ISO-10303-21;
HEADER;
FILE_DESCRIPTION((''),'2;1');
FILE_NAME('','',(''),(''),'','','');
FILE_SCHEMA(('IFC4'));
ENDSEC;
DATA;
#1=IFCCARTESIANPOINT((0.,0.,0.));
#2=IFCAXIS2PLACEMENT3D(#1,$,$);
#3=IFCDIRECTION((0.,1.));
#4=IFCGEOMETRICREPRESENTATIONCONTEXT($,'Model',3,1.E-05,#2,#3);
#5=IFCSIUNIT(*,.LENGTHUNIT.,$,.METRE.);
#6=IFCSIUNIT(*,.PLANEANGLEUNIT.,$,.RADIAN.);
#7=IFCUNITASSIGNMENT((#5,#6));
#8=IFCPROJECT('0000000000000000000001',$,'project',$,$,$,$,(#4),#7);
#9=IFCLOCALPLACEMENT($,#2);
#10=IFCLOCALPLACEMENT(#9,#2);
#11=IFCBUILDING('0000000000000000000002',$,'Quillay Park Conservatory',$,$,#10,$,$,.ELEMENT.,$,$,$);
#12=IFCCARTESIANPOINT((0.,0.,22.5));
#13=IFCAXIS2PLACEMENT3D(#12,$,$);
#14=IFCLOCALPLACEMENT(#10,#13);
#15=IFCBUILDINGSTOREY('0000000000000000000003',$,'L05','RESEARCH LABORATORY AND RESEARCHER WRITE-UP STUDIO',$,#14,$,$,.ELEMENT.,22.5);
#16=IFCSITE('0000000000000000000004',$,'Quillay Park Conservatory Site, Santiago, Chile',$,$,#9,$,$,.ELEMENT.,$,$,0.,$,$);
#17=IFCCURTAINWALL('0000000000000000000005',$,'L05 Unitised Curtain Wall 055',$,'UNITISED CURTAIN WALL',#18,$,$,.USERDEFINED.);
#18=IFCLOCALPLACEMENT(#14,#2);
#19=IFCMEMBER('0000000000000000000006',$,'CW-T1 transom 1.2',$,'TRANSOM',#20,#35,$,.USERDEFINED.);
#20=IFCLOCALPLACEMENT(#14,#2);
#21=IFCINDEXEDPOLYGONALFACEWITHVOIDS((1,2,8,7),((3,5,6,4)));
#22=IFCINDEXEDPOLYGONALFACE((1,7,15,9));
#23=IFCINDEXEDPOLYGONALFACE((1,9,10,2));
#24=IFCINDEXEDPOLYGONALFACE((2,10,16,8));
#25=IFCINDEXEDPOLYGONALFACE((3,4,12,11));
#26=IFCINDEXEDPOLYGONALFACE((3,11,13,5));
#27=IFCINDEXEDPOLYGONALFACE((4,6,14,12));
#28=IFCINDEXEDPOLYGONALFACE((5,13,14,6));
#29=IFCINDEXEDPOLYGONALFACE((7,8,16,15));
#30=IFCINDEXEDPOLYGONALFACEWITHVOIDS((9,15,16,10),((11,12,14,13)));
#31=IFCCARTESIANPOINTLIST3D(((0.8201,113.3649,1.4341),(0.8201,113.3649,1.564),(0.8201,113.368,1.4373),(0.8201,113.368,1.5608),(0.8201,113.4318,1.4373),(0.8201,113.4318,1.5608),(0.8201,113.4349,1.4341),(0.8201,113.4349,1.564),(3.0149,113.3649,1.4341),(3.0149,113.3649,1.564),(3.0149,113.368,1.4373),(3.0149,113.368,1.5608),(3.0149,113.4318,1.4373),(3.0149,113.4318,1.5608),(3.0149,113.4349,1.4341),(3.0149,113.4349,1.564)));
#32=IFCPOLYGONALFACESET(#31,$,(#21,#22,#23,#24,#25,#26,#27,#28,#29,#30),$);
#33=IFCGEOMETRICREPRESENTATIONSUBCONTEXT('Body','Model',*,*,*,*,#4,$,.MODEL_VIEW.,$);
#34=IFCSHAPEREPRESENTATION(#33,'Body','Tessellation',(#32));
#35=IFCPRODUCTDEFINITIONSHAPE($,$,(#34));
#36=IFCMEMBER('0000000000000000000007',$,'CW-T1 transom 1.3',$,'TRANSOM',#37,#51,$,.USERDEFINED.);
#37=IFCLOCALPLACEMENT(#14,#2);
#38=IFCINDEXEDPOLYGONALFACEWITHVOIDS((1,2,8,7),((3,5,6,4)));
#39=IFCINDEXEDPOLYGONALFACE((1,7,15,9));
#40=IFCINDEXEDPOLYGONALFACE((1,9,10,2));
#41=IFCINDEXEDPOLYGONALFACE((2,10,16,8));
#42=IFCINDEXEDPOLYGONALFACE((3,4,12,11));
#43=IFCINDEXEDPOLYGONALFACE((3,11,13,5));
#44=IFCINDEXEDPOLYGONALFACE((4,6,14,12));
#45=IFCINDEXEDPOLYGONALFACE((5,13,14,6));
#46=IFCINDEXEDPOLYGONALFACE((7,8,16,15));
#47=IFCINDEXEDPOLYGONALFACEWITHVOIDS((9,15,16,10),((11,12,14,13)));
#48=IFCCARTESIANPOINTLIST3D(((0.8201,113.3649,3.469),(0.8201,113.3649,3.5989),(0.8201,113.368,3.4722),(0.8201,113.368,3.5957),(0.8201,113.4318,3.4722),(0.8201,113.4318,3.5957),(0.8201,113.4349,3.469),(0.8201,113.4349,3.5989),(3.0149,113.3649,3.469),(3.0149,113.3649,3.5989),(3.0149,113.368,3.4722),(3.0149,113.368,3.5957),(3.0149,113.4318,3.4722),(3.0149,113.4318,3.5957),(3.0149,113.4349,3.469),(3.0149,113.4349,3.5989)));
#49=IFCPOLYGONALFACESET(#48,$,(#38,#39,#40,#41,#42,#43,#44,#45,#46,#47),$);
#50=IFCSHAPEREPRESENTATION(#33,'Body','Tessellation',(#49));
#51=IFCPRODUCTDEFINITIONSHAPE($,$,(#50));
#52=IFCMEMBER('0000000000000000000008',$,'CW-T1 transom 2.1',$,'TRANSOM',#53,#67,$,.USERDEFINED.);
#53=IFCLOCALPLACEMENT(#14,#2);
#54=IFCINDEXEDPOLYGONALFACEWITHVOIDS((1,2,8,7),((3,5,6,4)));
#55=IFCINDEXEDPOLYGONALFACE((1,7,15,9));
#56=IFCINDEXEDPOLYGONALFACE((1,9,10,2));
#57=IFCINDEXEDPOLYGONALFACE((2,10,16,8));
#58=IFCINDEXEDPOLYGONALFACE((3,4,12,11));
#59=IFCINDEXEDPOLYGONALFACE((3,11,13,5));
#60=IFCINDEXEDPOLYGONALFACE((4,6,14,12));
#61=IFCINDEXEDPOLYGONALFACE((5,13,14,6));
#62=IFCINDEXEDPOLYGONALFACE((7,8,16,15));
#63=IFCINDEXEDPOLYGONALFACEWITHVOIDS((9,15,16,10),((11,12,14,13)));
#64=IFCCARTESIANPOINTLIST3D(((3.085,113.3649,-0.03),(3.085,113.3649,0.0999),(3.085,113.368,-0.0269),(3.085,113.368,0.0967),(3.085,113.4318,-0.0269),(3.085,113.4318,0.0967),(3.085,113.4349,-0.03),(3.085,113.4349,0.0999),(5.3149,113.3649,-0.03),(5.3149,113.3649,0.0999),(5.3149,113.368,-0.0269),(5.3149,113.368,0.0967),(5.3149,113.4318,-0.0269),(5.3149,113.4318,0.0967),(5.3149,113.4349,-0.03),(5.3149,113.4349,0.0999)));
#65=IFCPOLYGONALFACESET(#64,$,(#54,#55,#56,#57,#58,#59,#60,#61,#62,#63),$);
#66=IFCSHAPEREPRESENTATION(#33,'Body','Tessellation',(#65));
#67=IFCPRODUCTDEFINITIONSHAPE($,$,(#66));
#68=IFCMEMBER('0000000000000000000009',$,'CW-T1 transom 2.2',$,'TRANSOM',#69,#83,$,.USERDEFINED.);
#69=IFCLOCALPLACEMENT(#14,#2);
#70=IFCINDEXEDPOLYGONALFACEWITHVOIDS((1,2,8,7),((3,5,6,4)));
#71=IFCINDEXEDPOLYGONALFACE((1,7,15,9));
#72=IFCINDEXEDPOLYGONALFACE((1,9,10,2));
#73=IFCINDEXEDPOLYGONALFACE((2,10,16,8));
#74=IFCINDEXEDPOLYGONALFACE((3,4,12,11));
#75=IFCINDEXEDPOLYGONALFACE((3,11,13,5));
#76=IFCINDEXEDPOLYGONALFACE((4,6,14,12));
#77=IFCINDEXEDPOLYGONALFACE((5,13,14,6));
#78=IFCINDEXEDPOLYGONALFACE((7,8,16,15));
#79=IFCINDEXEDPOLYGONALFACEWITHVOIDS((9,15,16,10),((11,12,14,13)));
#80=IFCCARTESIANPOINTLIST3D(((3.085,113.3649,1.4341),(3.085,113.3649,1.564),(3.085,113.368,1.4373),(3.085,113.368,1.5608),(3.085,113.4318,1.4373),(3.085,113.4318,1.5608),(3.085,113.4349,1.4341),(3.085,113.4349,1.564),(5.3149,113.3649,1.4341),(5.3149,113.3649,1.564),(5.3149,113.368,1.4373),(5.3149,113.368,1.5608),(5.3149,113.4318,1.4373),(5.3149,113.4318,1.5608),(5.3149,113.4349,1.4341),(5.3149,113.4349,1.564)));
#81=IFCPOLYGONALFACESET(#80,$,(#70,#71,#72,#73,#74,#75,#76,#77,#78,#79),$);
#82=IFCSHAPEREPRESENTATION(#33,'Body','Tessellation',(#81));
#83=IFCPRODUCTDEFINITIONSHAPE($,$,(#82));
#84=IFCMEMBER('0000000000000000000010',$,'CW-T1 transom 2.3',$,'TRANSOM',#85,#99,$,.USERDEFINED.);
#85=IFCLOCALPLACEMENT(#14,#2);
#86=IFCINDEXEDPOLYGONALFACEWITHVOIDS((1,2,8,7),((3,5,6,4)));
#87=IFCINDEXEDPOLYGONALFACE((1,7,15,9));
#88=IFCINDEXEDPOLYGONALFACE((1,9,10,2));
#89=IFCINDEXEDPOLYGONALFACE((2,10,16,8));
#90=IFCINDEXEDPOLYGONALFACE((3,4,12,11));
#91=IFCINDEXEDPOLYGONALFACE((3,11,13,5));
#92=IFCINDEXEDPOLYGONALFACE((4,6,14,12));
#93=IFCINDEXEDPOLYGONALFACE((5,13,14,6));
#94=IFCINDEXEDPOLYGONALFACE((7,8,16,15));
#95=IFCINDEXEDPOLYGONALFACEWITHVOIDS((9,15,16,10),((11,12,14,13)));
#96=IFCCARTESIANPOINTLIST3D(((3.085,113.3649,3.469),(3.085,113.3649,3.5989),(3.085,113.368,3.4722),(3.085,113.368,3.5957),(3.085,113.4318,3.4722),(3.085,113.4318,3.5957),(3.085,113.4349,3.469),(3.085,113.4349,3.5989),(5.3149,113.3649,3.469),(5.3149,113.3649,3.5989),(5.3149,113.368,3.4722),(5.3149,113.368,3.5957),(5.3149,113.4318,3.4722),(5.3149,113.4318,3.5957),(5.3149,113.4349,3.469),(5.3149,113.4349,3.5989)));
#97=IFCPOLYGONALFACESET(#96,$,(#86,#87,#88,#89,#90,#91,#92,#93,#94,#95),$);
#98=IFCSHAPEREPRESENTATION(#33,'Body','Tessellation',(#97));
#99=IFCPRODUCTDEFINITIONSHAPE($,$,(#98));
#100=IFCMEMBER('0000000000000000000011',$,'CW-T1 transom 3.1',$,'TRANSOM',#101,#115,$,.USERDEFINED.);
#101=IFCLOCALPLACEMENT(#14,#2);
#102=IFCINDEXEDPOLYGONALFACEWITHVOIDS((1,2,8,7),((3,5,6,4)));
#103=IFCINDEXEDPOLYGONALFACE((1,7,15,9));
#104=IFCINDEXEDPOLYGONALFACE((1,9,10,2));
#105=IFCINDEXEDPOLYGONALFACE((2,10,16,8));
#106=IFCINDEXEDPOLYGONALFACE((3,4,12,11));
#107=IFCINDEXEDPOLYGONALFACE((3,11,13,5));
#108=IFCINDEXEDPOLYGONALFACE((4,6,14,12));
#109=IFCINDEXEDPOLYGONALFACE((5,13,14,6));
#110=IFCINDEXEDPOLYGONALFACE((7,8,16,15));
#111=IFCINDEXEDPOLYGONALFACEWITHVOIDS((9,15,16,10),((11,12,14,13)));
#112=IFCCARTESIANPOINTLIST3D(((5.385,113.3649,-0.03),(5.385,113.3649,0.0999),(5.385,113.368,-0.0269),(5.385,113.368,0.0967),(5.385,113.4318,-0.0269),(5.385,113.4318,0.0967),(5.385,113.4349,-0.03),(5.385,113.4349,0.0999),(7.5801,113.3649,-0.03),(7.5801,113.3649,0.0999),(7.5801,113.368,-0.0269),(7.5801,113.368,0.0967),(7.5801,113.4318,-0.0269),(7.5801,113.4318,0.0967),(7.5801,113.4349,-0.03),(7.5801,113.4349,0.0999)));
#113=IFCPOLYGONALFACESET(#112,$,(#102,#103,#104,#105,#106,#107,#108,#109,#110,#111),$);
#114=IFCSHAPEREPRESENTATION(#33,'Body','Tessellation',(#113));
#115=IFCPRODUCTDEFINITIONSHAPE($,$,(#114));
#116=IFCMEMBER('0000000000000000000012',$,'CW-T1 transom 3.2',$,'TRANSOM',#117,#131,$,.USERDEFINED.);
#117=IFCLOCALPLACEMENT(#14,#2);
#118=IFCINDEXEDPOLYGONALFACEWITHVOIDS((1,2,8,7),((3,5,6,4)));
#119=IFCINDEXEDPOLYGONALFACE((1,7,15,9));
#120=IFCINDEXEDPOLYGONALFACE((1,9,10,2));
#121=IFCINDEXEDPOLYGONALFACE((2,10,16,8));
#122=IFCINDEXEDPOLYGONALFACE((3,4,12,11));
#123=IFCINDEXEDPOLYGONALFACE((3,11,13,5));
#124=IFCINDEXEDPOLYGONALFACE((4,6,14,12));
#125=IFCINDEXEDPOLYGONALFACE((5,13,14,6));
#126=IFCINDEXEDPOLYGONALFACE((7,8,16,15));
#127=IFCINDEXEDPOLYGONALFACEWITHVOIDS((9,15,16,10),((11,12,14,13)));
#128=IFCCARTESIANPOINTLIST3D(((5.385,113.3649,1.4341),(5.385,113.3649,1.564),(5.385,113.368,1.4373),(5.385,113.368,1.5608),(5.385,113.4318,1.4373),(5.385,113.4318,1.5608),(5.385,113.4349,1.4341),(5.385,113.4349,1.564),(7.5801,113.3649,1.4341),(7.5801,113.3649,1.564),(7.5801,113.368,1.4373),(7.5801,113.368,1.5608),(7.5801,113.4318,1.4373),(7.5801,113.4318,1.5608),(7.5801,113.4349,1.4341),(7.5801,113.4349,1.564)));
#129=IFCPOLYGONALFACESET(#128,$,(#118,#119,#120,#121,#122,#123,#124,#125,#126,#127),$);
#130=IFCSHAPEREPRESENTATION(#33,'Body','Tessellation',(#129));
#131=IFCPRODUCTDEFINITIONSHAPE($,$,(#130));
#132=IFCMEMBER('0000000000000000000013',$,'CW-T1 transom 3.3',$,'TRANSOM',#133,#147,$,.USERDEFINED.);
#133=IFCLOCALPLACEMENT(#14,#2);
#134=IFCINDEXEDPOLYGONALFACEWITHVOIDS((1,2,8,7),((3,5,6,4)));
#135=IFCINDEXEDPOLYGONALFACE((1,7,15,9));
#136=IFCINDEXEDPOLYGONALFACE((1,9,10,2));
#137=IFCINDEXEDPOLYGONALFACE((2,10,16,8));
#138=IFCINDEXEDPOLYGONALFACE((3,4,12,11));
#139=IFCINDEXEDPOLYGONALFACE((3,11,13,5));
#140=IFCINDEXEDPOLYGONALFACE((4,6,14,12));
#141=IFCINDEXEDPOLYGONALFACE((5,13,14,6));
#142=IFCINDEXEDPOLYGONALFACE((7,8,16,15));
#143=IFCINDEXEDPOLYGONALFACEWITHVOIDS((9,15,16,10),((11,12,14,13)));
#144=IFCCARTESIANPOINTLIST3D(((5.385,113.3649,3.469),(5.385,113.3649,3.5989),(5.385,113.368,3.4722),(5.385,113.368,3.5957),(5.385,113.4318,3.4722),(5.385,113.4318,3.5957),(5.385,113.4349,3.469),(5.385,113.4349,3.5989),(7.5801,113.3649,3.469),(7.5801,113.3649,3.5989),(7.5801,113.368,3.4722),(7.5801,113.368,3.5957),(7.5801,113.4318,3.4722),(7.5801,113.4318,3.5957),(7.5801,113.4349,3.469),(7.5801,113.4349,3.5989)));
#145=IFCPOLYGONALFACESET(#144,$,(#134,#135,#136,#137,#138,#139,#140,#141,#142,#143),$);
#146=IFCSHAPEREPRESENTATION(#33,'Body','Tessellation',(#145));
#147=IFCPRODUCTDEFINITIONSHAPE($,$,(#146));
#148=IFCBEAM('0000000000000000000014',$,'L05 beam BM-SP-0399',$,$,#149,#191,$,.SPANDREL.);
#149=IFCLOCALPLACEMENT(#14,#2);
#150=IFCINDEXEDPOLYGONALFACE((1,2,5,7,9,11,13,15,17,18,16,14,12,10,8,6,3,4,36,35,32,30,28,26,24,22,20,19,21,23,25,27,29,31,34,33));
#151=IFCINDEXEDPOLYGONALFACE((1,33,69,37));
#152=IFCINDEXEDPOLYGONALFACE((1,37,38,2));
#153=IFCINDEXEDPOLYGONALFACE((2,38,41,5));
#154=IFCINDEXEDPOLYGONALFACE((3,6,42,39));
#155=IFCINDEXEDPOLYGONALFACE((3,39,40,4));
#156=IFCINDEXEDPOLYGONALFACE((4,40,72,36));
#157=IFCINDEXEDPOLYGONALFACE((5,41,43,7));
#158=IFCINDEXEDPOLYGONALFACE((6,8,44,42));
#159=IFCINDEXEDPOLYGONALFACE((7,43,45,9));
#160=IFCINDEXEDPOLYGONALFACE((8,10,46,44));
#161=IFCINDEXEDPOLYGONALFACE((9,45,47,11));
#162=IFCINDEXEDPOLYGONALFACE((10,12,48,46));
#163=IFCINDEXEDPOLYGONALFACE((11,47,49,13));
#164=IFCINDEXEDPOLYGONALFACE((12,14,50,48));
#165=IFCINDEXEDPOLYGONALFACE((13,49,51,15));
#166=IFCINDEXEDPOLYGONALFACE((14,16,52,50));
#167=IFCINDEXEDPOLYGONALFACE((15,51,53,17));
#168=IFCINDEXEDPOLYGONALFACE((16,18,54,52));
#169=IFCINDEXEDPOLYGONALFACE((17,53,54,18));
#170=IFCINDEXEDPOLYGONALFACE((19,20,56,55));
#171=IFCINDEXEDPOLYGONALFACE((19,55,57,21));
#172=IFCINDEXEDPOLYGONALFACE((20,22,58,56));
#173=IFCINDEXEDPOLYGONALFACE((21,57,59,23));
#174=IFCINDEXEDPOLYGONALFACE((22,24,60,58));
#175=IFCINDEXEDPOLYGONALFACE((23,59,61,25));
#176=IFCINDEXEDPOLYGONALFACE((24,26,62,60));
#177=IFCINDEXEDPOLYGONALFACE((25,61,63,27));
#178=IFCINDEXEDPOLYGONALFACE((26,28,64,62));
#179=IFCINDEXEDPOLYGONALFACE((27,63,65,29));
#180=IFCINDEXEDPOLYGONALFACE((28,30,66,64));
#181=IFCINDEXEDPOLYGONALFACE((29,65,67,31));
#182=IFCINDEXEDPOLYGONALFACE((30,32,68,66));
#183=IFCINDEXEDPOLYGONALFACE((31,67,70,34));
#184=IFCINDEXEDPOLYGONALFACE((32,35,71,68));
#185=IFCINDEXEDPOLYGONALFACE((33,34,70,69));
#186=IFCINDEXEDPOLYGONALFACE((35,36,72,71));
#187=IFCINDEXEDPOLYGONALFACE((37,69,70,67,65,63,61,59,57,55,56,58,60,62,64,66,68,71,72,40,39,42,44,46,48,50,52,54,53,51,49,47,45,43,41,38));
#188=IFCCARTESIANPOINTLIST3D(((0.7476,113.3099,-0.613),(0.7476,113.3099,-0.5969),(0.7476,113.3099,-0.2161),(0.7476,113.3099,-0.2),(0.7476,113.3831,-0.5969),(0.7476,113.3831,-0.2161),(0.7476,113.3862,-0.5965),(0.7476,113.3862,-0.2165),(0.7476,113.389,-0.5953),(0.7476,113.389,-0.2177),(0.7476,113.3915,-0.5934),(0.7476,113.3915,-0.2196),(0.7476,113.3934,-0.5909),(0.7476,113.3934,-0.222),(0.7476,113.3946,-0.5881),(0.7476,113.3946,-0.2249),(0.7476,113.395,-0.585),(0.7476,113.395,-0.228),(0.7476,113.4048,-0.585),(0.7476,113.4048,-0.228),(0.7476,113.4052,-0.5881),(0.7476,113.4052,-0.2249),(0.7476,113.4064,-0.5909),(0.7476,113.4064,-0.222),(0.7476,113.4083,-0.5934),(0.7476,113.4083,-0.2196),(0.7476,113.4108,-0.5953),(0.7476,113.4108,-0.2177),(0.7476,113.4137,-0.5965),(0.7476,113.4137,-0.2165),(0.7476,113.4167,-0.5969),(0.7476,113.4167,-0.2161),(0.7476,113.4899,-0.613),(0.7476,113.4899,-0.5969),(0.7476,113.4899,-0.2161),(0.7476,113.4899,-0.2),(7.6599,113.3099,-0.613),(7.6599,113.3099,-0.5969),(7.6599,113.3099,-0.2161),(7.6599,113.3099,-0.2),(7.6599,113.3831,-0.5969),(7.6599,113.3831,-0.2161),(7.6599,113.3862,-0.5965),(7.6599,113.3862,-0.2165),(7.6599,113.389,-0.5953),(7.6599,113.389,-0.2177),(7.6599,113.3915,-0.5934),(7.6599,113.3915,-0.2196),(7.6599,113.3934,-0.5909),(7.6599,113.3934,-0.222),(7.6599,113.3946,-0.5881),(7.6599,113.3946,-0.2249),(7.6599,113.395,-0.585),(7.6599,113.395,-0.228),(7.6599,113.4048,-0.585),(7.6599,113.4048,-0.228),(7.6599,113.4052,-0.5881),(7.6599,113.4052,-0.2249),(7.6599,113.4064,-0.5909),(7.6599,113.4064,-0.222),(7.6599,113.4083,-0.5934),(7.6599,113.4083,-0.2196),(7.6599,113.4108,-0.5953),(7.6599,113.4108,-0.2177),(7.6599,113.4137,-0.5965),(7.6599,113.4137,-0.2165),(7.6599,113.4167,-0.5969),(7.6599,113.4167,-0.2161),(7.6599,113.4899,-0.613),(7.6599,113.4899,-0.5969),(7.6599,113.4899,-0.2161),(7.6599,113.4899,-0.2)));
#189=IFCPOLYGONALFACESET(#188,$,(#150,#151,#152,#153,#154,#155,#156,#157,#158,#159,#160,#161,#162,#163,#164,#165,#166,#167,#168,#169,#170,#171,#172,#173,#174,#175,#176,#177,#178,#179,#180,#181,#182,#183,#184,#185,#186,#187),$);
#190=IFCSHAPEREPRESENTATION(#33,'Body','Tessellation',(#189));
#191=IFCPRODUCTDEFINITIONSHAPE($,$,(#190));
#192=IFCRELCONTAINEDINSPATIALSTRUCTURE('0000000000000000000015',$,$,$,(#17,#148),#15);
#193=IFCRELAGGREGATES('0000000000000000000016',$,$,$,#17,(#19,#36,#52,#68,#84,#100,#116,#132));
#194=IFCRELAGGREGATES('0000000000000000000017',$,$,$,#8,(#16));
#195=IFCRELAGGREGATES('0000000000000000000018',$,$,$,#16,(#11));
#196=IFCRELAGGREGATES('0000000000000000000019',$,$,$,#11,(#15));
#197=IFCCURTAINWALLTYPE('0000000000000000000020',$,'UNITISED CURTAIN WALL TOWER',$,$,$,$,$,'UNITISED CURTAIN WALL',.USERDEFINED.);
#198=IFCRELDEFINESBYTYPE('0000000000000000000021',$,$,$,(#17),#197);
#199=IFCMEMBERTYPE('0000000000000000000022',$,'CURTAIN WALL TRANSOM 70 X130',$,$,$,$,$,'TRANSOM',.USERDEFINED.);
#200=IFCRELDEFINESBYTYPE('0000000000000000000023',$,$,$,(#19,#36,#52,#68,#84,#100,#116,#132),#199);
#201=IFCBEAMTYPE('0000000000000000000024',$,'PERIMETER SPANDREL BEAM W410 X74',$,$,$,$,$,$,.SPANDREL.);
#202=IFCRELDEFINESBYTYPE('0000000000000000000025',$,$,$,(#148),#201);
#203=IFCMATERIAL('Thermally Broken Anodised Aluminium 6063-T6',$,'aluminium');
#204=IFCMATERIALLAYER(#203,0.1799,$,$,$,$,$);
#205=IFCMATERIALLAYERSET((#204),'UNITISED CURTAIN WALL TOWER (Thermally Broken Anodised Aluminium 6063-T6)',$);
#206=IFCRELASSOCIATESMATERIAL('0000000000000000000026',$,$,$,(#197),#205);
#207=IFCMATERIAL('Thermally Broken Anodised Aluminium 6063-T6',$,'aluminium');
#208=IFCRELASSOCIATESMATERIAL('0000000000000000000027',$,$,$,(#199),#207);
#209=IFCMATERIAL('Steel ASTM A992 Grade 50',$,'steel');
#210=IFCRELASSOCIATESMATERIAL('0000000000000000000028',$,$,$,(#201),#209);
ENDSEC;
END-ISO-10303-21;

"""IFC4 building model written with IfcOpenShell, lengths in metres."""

from ifc_helpers import new_model, si_unit, direction, frame, origin, origin_2d, place, context, subcontext, project, spatial, hollow_rectangle, i_section, extrude, material, layer, layer_set, material_profile, profile_set, type_object, element, aggregate, save


model = new_model("IFC4")

# Units and contexts
model_context = context("Model", 3, precision=1e-05, world=origin(), true_north=direction((0.0, 1.0)))
body_context = subcontext(model_context, "Body", "Model", "MODEL_VIEW")
ifc_project = project(units=[si_unit("LENGTHUNIT", "METRE"), si_unit("PLANEANGLEUNIT", "RADIAN")], contexts=[model_context])

# Site, building, storey
site_placement = place(None, origin())
site = spatial("IfcSite", under=ifc_project, at=site_placement, Name="Quillay Park Conservatory Site, Santiago, Chile", CompositionType="ELEMENT", RefElevation=0.0)
building_placement = place(site_placement, origin())
building = spatial("IfcBuilding", under=site, at=building_placement, Name="Quillay Park Conservatory", CompositionType="ELEMENT")
storey_placement = place(building_placement, frame((0.0, 0.0, 22.5)))
storey = spatial("IfcBuildingStorey", under=building, at=storey_placement, Name="L05", Description="RESEARCH LABORATORY AND RESEARCHER WRITE-UP STUDIO", CompositionType="ELEMENT", Elevation=22.5)

# Curtain wall, members
ifc_material_1 = material(Name="Thermally Broken Anodised Aluminium 6063-T6", Category="aluminium")
ifc_layer_1 = layer(ifc_material_1, 0.1799)
ifc_layer_set_1 = layer_set([ifc_layer_1], Name="UNITISED CURTAIN WALL TOWER (Thermally Broken Anodised Aluminium 6063-T6)")
curtain_wall_type = type_object("IfcCurtainWallType", Name="UNITISED CURTAIN WALL TOWER", ElementType="UNITISED CURTAIN WALL", PredefinedType="USERDEFINED", material=ifc_layer_set_1)
curtain_wall_placement = place(storey_placement, origin())
curtain_wall = element("IfcCurtainWall", 1, at=curtain_wall_placement, inside=storey, type_object=curtain_wall_type, Name="L05 Unitised Curtain Wall 055", ObjectType="UNITISED CURTAIN WALL", PredefinedType="USERDEFINED")
ifc_material_2 = material(Name="Thermally Broken Anodised Aluminium 6063-T6", Category="aluminium")
ifc_material_profile_1 = material_profile(ifc_material_2, hollow_rectangle(XDim=0.0701, YDim=0.1299, WallThickness=0.0032, at=origin_2d()), Name="AL70x130x3.2")
ifc_profile_set_1 = profile_set([ifc_material_profile_1], Name="Thermally Broken Anodised Aluminium 6063-T6")
member_type_1 = type_object("IfcMemberType", Name="CURTAIN WALL TRANSOM 70 X130", ElementType="TRANSOM", PredefinedType="USERDEFINED", material=ifc_profile_set_1)
member_1_placement = place(storey_placement, frame((0.8201, 113.3999, 1.499), z_axis=(1.0, 0.0, 0.0), x_axis=(0.0, 1.0, 0.0)))
member_1 = element("IfcMember", 2, at=member_1_placement, type_object=member_type_1, Name="CW-T1 transom 1.2", ObjectType="TRANSOM", PredefinedType="USERDEFINED", context=body_context, shape_type="SweptSolid", body=[
    extrude(hollow_rectangle(XDim=0.0701, YDim=0.1299, WallThickness=0.0032, at=origin_2d()), origin(), (0.0, 0.0, 1.0), 2.1948),
])
member_2_placement = place(storey_placement, frame((0.8201, 113.3999, 3.5339), z_axis=(1.0, 0.0, 0.0), x_axis=(0.0, 1.0, 0.0)))
member_2 = element("IfcMember", 3, at=member_2_placement, type_object=member_type_1, Name="CW-T1 transom 1.3", ObjectType="TRANSOM", PredefinedType="USERDEFINED", context=body_context, shape_type="SweptSolid", body=[
    extrude(hollow_rectangle(XDim=0.0701, YDim=0.1299, WallThickness=0.0032, at=origin_2d()), origin(), (0.0, 0.0, 1.0), 2.1948),
])
member_3_placement = place(storey_placement, frame((3.085, 113.3999, 0.0349), z_axis=(1.0, 0.0, 0.0), x_axis=(0.0, 1.0, 0.0)))
member_3 = element("IfcMember", 4, at=member_3_placement, type_object=member_type_1, Name="CW-T1 transom 2.1", ObjectType="TRANSOM", PredefinedType="USERDEFINED", context=body_context, shape_type="SweptSolid", body=[
    extrude(hollow_rectangle(XDim=0.0701, YDim=0.1299, WallThickness=0.0032, at=origin_2d()), origin(), (0.0, 0.0, 1.0), 2.23),
])
member_4_placement = place(storey_placement, frame((3.085, 113.3999, 1.499), z_axis=(1.0, 0.0, 0.0), x_axis=(0.0, 1.0, 0.0)))
member_4 = element("IfcMember", 5, at=member_4_placement, type_object=member_type_1, Name="CW-T1 transom 2.2", ObjectType="TRANSOM", PredefinedType="USERDEFINED", context=body_context, shape_type="SweptSolid", body=[
    extrude(hollow_rectangle(XDim=0.0701, YDim=0.1299, WallThickness=0.0032, at=origin_2d()), origin(), (0.0, 0.0, 1.0), 2.23),
])
member_5_placement = place(storey_placement, frame((3.085, 113.3999, 3.5339), z_axis=(1.0, 0.0, 0.0), x_axis=(0.0, 1.0, 0.0)))
member_5 = element("IfcMember", 6, at=member_5_placement, type_object=member_type_1, Name="CW-T1 transom 2.3", ObjectType="TRANSOM", PredefinedType="USERDEFINED", context=body_context, shape_type="SweptSolid", body=[
    extrude(hollow_rectangle(XDim=0.0701, YDim=0.1299, WallThickness=0.0032, at=origin_2d()), origin(), (0.0, 0.0, 1.0), 2.23),
])
member_6_placement = place(storey_placement, frame((5.385, 113.3999, 0.0349), z_axis=(1.0, 0.0, 0.0), x_axis=(0.0, 1.0, 0.0)))
member_6 = element("IfcMember", 7, at=member_6_placement, type_object=member_type_1, Name="CW-T1 transom 3.1", ObjectType="TRANSOM", PredefinedType="USERDEFINED", context=body_context, shape_type="SweptSolid", body=[
    extrude(hollow_rectangle(XDim=0.0701, YDim=0.1299, WallThickness=0.0032, at=origin_2d()), origin(), (0.0, 0.0, 1.0), 2.1951),
])
member_7_placement = place(storey_placement, frame((5.385, 113.3999, 1.499), z_axis=(1.0, 0.0, 0.0), x_axis=(0.0, 1.0, 0.0)))
member_7 = element("IfcMember", 8, at=member_7_placement, type_object=member_type_1, Name="CW-T1 transom 3.2", ObjectType="TRANSOM", PredefinedType="USERDEFINED", context=body_context, shape_type="SweptSolid", body=[
    extrude(hollow_rectangle(XDim=0.0701, YDim=0.1299, WallThickness=0.0032, at=origin_2d()), origin(), (0.0, 0.0, 1.0), 2.1951),
])
member_8_placement = place(storey_placement, frame((5.385, 113.3999, 3.5339), z_axis=(1.0, 0.0, 0.0), x_axis=(0.0, 1.0, 0.0)))
member_8 = element("IfcMember", 9, at=member_8_placement, type_object=member_type_1, Name="CW-T1 transom 3.3", ObjectType="TRANSOM", PredefinedType="USERDEFINED", context=body_context, shape_type="SweptSolid", body=[
    extrude(hollow_rectangle(XDim=0.0701, YDim=0.1299, WallThickness=0.0032, at=origin_2d()), origin(), (0.0, 0.0, 1.0), 2.1951),
])

# Beam
ifc_material_3 = material(Name="Steel ASTM A992 Grade 50", Category="steel")
ifc_material_profile_2 = material_profile(ifc_material_3, i_section(OverallWidth=0.1799, OverallDepth=0.4131, WebThickness=0.0098, FlangeThickness=0.0161, FilletRadius=0.012, at=origin_2d()), Name="W410x74")
ifc_profile_set_2 = profile_set([ifc_material_profile_2], Name="Steel ASTM A992 Grade 50")
beam_type = type_object("IfcBeamType", Name="PERIMETER SPANDREL BEAM W410 X74", PredefinedType="SPANDREL", material=ifc_profile_set_2)
beam_placement = place(storey_placement, frame((0.7476, 113.3999, -0.4065), z_axis=(1.0, 0.0, 0.0), x_axis=(0.0, 1.0, 0.0)))
element("IfcBeam", 10, at=beam_placement, inside=storey, type_object=beam_type, Name="L05 beam BM-SP-0399", PredefinedType="SPANDREL", context=body_context, shape_type="SweptSolid", body=[
    extrude(i_section(OverallWidth=0.1799, OverallDepth=0.4131, WebThickness=0.0098, FlangeThickness=0.0161, FilletRadius=0.012, at=origin_2d()), origin(), (0.0, 0.0, 1.0), 6.9124),
])

aggregate(curtain_wall, [member_1, member_2, member_3, member_4, member_5, member_6, member_7, member_8])

save(model, "model.ifc")
